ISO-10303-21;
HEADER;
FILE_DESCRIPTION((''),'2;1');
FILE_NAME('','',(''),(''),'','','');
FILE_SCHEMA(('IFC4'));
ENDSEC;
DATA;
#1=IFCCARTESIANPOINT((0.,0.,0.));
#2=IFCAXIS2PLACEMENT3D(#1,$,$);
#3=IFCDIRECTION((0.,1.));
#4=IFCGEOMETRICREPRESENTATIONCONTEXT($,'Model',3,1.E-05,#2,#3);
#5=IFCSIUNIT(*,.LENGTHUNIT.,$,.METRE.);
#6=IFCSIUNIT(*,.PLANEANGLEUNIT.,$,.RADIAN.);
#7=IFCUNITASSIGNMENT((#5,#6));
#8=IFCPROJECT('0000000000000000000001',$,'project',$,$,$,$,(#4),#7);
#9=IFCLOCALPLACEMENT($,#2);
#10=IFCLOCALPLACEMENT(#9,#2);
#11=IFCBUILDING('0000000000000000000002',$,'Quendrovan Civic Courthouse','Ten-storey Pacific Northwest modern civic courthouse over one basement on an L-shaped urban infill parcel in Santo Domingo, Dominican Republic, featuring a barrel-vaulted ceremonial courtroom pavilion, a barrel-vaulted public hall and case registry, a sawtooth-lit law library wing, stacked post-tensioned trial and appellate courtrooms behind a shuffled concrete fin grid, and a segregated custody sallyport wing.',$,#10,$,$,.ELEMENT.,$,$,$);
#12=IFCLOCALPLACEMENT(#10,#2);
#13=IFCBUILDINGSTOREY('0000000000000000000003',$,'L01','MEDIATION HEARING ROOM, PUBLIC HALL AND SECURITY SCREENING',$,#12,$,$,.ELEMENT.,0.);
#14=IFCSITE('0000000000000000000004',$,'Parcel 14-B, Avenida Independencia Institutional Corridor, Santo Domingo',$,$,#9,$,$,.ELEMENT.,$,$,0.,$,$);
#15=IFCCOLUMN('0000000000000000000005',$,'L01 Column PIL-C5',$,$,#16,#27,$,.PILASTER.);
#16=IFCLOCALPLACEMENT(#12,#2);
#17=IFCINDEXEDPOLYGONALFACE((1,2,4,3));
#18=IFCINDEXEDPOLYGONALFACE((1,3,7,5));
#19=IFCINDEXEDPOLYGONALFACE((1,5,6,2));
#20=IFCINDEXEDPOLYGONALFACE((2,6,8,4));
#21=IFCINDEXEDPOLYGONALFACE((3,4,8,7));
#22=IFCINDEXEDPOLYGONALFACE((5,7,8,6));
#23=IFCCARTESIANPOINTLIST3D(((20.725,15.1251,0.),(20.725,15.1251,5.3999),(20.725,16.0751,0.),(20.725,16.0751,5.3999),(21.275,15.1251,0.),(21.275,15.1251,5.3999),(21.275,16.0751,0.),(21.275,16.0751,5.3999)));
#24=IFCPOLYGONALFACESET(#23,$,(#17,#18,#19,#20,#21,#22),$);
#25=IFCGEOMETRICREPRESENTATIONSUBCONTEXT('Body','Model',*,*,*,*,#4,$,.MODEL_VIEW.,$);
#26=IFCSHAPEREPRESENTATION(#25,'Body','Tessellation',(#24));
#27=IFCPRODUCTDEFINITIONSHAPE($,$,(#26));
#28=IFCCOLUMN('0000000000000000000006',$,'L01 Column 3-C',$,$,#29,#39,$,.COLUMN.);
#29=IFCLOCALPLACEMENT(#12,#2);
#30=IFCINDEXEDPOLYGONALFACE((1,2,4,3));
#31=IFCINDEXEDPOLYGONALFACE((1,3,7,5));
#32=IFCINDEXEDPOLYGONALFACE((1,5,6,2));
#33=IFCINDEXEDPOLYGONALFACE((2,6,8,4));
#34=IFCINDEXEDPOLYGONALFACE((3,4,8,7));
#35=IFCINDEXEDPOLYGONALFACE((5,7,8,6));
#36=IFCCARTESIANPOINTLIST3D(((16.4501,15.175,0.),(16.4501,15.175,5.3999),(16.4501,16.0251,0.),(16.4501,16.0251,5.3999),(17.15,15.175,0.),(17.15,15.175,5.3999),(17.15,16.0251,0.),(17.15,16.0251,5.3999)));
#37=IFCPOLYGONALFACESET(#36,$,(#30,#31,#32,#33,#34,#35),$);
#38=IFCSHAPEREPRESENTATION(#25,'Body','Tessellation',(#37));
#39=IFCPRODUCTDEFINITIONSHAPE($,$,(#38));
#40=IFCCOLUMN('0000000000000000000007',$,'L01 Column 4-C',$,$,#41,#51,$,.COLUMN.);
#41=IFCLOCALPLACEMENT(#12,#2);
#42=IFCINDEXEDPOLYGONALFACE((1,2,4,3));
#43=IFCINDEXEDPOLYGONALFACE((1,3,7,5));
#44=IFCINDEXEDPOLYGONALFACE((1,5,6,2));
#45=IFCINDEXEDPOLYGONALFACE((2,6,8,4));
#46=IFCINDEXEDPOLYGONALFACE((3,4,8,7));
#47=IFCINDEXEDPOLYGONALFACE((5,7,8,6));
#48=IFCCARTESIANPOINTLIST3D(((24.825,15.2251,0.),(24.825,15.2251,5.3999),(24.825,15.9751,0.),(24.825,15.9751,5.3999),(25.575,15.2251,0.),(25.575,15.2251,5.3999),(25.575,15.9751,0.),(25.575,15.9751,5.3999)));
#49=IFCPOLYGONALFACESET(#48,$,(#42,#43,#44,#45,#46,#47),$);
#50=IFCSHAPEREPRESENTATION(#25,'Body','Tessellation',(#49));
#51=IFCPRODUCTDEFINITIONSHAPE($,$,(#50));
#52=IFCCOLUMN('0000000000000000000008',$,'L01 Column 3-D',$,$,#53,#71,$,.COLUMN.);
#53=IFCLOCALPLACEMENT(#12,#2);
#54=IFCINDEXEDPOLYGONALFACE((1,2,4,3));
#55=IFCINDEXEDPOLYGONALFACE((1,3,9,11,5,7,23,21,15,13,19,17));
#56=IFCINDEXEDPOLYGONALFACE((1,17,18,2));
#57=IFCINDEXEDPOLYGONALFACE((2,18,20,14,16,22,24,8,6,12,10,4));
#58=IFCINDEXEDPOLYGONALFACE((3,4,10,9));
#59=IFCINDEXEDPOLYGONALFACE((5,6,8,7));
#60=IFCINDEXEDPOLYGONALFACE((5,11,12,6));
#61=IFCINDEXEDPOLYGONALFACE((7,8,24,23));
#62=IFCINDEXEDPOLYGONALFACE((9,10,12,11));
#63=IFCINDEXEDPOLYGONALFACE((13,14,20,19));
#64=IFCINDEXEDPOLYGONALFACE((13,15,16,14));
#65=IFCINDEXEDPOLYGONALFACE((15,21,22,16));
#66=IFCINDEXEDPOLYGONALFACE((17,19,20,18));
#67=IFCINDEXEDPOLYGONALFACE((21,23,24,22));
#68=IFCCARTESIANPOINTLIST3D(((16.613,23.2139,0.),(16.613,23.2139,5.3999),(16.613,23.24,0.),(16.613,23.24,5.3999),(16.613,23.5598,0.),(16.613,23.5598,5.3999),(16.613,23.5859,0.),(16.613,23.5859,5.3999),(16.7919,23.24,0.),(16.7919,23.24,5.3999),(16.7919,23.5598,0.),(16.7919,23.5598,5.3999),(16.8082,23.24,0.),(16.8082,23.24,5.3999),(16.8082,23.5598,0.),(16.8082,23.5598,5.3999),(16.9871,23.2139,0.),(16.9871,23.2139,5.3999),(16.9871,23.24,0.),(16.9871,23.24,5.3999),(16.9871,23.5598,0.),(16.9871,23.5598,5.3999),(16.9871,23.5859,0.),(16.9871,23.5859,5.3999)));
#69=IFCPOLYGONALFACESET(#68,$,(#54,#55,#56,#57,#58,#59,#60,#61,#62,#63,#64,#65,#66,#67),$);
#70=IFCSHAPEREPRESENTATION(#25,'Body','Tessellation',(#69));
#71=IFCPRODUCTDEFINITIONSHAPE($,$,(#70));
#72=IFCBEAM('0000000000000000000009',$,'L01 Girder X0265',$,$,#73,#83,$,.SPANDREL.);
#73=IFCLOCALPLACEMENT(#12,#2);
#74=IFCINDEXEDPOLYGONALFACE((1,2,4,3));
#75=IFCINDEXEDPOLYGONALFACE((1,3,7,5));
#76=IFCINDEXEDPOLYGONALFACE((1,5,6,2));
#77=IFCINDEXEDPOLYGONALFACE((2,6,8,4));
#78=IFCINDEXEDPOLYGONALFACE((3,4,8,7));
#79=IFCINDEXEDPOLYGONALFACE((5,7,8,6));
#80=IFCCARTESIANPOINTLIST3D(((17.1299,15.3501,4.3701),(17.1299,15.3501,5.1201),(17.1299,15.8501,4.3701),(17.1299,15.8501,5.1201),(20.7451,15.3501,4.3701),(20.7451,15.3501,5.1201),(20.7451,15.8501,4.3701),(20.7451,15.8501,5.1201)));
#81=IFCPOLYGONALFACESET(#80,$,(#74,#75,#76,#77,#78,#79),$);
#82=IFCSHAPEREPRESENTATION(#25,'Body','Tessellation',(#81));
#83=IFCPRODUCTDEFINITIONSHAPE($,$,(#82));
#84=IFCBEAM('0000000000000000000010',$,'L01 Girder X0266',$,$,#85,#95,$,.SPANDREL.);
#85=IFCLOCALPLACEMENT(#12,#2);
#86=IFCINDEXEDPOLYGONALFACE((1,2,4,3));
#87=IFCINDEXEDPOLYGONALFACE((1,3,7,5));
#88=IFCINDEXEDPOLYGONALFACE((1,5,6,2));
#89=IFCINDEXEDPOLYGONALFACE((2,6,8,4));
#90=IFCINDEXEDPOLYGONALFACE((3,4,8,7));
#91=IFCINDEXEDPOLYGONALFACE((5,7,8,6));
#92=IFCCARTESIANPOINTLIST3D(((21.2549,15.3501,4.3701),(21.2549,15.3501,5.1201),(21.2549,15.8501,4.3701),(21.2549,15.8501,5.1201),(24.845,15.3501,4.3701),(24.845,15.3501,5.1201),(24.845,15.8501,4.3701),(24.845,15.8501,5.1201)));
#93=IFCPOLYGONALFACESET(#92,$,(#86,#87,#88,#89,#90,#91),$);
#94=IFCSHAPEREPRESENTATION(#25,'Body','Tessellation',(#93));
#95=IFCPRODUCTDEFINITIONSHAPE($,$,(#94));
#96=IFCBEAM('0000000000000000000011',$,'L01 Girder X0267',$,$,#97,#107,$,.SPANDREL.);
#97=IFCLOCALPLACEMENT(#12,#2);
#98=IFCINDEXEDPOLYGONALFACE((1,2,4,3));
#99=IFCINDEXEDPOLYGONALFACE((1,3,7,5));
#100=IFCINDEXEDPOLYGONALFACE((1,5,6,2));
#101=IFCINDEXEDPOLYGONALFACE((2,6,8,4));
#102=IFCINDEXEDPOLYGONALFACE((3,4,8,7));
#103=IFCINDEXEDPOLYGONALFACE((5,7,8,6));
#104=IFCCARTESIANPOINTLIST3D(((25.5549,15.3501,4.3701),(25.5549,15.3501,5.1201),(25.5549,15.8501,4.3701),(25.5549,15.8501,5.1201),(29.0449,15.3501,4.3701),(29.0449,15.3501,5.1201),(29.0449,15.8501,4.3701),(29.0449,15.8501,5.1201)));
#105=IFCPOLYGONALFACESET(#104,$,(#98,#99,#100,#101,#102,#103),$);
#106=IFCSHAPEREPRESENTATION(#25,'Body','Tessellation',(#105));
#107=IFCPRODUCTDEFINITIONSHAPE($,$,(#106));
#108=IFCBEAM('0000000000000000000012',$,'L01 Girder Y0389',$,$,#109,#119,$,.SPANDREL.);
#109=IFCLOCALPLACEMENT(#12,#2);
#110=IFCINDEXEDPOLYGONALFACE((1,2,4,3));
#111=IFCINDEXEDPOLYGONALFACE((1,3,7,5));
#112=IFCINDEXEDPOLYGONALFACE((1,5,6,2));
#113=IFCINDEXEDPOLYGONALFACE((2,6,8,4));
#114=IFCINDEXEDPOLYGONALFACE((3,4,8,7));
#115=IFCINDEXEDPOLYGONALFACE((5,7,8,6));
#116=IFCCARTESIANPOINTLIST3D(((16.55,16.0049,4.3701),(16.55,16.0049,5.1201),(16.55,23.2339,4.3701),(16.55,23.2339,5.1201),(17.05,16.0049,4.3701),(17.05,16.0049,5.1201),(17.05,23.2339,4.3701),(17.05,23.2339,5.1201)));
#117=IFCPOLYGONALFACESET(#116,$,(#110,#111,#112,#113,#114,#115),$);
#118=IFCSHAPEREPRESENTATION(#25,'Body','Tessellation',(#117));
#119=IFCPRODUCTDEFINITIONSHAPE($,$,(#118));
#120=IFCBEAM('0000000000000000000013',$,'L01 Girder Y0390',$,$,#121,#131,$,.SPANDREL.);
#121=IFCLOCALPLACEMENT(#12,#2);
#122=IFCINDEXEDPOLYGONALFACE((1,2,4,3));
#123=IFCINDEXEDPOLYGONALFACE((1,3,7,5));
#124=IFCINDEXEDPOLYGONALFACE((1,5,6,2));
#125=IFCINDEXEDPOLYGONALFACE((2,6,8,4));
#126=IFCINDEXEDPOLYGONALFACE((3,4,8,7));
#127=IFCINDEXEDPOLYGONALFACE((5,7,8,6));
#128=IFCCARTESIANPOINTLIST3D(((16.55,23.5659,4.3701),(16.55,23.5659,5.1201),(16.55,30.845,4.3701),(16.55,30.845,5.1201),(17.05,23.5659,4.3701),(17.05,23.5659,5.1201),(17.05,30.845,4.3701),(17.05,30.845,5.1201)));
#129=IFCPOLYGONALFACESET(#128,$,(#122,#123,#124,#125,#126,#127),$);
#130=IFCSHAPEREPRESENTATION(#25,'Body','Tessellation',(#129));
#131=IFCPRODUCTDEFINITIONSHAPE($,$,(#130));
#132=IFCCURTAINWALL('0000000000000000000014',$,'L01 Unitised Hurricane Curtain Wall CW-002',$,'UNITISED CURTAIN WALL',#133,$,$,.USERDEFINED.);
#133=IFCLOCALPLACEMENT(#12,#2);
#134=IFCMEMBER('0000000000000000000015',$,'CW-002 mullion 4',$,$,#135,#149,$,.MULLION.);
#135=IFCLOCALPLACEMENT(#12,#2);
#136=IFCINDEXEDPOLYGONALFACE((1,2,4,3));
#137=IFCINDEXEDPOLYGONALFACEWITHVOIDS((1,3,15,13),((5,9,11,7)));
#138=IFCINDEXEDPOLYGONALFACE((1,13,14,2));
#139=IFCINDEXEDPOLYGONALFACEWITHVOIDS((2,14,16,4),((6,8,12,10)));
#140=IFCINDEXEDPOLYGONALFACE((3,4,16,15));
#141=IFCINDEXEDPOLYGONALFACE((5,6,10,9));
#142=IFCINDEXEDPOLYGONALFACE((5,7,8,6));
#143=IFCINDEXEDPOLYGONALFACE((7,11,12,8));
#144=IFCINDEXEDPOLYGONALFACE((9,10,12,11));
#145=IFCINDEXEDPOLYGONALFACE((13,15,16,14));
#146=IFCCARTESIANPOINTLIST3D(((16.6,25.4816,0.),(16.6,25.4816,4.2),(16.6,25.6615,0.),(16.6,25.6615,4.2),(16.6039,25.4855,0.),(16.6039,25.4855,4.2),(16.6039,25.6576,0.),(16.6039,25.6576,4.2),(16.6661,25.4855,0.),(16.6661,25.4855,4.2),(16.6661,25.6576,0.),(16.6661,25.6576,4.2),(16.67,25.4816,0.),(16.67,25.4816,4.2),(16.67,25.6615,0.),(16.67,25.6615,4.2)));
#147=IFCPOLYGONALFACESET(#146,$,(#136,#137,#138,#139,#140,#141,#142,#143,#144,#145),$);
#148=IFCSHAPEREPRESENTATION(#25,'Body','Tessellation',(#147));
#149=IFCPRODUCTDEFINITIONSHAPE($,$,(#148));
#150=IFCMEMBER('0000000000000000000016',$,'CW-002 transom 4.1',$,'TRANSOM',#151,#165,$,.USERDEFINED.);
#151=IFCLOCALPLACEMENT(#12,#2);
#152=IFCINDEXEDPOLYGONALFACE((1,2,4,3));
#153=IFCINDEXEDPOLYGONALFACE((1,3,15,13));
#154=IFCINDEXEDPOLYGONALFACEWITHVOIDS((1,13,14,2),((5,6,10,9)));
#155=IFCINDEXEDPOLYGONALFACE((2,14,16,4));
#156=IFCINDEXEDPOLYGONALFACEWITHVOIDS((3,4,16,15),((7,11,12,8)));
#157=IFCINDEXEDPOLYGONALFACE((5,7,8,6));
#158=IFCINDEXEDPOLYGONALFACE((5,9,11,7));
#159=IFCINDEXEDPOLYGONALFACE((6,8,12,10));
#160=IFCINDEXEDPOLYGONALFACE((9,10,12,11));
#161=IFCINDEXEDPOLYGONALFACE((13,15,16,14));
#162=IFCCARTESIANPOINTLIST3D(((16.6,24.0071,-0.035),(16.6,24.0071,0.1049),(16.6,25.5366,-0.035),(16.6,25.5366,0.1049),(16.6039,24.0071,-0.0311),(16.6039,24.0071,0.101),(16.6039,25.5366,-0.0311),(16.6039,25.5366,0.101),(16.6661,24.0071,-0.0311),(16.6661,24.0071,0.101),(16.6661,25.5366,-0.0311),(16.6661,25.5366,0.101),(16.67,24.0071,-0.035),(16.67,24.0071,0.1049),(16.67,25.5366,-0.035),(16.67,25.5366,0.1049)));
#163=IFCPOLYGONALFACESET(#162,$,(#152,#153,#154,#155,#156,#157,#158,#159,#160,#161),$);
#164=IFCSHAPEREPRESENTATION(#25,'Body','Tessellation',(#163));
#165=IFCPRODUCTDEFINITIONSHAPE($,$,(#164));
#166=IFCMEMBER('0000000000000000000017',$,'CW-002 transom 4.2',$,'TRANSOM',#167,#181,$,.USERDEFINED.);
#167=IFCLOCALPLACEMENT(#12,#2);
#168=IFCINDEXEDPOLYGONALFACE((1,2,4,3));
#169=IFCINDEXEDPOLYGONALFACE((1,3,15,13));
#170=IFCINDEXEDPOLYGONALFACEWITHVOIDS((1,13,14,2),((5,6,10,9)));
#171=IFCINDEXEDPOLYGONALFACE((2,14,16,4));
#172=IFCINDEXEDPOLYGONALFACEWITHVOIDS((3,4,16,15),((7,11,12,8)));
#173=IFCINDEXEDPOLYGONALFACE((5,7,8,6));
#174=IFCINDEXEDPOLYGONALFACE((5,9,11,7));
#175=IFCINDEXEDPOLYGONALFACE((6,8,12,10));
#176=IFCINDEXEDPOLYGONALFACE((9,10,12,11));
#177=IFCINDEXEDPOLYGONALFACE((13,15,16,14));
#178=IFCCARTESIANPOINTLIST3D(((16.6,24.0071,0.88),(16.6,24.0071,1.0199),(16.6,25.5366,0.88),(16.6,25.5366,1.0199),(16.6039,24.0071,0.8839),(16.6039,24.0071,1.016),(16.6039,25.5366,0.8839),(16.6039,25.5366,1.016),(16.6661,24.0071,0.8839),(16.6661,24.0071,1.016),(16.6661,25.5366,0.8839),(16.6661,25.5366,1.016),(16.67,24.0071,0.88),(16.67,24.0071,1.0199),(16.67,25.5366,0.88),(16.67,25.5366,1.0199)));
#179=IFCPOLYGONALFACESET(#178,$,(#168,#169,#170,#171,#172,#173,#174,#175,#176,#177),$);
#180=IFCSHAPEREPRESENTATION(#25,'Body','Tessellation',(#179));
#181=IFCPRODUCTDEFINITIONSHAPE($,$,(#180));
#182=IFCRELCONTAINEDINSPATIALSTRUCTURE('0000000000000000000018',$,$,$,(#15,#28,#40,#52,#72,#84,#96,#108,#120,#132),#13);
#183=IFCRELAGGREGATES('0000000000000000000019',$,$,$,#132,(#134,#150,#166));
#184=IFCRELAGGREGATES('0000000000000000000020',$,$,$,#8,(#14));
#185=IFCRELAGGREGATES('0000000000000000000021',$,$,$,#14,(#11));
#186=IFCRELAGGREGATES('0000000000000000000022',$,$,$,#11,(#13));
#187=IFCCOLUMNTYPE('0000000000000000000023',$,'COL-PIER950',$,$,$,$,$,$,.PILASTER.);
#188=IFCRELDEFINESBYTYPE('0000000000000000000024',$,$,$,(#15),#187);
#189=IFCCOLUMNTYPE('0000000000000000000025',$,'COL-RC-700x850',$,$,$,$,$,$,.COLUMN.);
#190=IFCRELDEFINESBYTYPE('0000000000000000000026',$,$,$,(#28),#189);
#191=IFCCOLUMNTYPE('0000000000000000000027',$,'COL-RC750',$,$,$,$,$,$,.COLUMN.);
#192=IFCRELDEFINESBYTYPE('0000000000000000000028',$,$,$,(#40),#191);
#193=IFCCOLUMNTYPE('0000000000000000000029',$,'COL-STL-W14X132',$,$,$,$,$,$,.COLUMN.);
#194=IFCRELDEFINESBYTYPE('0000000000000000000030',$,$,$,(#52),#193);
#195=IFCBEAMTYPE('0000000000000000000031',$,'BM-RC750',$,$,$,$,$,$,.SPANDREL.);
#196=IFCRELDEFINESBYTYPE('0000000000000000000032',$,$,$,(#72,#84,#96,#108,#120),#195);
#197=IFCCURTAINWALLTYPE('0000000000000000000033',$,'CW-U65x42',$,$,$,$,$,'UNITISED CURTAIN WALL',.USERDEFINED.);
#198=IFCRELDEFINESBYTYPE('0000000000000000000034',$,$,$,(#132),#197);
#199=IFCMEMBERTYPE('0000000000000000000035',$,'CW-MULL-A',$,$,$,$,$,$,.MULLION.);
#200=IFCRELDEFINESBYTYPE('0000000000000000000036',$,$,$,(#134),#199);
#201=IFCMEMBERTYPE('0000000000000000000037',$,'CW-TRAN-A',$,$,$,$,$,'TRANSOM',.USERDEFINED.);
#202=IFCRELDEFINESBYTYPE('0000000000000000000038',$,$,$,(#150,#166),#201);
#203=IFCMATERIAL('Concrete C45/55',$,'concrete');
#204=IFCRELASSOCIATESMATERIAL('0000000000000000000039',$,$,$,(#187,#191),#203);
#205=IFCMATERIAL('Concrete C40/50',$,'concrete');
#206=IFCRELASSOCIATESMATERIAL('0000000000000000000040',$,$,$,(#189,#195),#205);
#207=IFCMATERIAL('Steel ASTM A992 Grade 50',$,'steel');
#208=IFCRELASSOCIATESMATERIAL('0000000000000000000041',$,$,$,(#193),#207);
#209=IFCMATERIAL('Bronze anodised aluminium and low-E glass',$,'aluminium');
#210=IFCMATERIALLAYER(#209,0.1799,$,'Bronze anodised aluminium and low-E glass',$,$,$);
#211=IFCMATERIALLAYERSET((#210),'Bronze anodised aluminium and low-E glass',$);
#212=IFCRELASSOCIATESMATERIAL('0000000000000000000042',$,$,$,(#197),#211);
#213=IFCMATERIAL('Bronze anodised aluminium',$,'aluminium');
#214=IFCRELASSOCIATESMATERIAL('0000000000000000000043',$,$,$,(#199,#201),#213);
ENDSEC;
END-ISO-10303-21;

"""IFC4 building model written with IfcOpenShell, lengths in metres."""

from ifc_helpers import new_model, si_unit, direction, frame, origin, origin_2d, place, context, subcontext, project, spatial, rectangle, hollow_rectangle, i_section, extrude, material, layer, layer_set, material_profile, profile_set, type_object, element, aggregate, save


model = new_model("IFC4")

# Units and contexts
model_context = context("Model", 3, precision=1e-05, world=origin(), true_north=direction((0.0, 1.0)))
body_context = subcontext(model_context, "Body", "Model", "MODEL_VIEW")
ifc_project = project(units=[si_unit("LENGTHUNIT", "METRE"), si_unit("PLANEANGLEUNIT", "RADIAN")], contexts=[model_context])

# Site, building, storey
site_placement = place(None, origin())
site = spatial("IfcSite", under=ifc_project, at=site_placement, Name="Parcel 14-B, Avenida Independencia Institutional Corridor, Santo Domingo", CompositionType="ELEMENT", RefElevation=0.0)
building_placement = place(site_placement, origin())
building = spatial("IfcBuilding", under=site, at=building_placement, Name="Quendrovan Civic Courthouse", Description="Ten-storey Pacific Northwest modern civic courthouse over one basement on an L-shaped urban infill parcel in Santo Domingo, Dominican Republic, featuring a barrel-vaulted ceremonial courtroom pavilion, a barrel-vaulted public hall and case registry, a sawtooth-lit law library wing, stacked post-tensioned trial and appellate courtrooms behind a shuffled concrete fin grid, and a segregated custody sallyport wing.", CompositionType="ELEMENT")
storey_placement = place(building_placement, origin())
storey = spatial("IfcBuildingStorey", under=building, at=storey_placement, Name="L01", Description="MEDIATION HEARING ROOM, PUBLIC HALL AND SECURITY SCREENING", CompositionType="ELEMENT", Elevation=0.0)

# Columns
ifc_material_1 = material(Name="Concrete C45/55", Category="concrete")
ifc_material_profile_1 = material_profile(ifc_material_1, rectangle(XDim=0.55, YDim=0.95, at=origin_2d()), Name="RC-PIER-550x950")
ifc_profile_set_1 = profile_set([ifc_material_profile_1], Name="Concrete C45/55")
column_type_1 = type_object("IfcColumnType", Name="COL-PIER950", PredefinedType="PILASTER", material=ifc_profile_set_1)
column_1_placement = place(storey_placement, frame((21.0, 15.6001, 0.0), z_axis=(0.0, 0.0, 1.0), x_axis=(1.0, 0.0, 0.0)))
element("IfcColumn", 1, at=column_1_placement, inside=storey, type_object=column_type_1, Name="L01 Column PIL-C5", PredefinedType="PILASTER", context=body_context, shape_type="SweptSolid", body=[
    extrude(rectangle(XDim=0.55, YDim=0.95, at=origin_2d()), origin(), (0.0, 0.0, 1.0), 5.3999),
])
ifc_material_2 = material(Name="Concrete C40/50", Category="concrete")
ifc_material_profile_2 = material_profile(ifc_material_2, rectangle(XDim=0.7, YDim=0.8501, at=origin_2d()), Name="RC-COL-700x850")
ifc_profile_set_2 = profile_set([ifc_material_profile_2], Name="Concrete C40/50")
column_type_2 = type_object("IfcColumnType", Name="COL-RC-700x850", PredefinedType="COLUMN", material=ifc_profile_set_2)
column_2_placement = place(storey_placement, frame((16.8, 15.6001, 0.0), z_axis=(0.0, 0.0, 1.0), x_axis=(1.0, 0.0, 0.0)))
element("IfcColumn", 2, at=column_2_placement, inside=storey, type_object=column_type_2, Name="L01 Column 3-C", PredefinedType="COLUMN", context=body_context, shape_type="SweptSolid", body=[
    extrude(rectangle(XDim=0.7, YDim=0.8501, at=origin_2d()), origin(), (0.0, 0.0, 1.0), 5.3999),
])
ifc_material_profile_3 = material_profile(ifc_material_1, rectangle(XDim=0.75, YDim=0.75, at=origin_2d()), Name="RC-COL-750x750")
ifc_profile_set_3 = profile_set([ifc_material_profile_3], Name="Concrete C45/55")
column_type_3 = type_object("IfcColumnType", Name="COL-RC750", PredefinedType="COLUMN", material=ifc_profile_set_3)
column_3_placement = place(storey_placement, frame((25.2, 15.6001, 0.0), z_axis=(0.0, 0.0, 1.0), x_axis=(1.0, 0.0, 0.0)))
element("IfcColumn", 3, at=column_3_placement, inside=storey, type_object=column_type_3, Name="L01 Column 4-C", PredefinedType="COLUMN", context=body_context, shape_type="SweptSolid", body=[
    extrude(rectangle(XDim=0.75, YDim=0.75, at=origin_2d()), origin(), (0.0, 0.0, 1.0), 5.3999),
])
ifc_material_3 = material(Name="Steel ASTM A992 Grade 50", Category="steel")
ifc_material_profile_4 = material_profile(ifc_material_3, i_section(OverallWidth=0.374, OverallDepth=0.3721, WebThickness=0.0164, FlangeThickness=0.0261, at=origin_2d()), Name="W14X132")
ifc_profile_set_4 = profile_set([ifc_material_profile_4], Name="Steel ASTM A992 Grade 50")
column_type_4 = type_object("IfcColumnType", Name="COL-STL-W14X132", PredefinedType="COLUMN", material=ifc_profile_set_4)
column_4_placement = place(storey_placement, frame((16.8, 23.3999, 0.0), z_axis=(0.0, 0.0, 1.0), x_axis=(1.0, 0.0, 0.0)))
element("IfcColumn", 4, at=column_4_placement, inside=storey, type_object=column_type_4, Name="L01 Column 3-D", PredefinedType="COLUMN", context=body_context, shape_type="SweptSolid", body=[
    extrude(i_section(OverallWidth=0.374, OverallDepth=0.3721, WebThickness=0.0164, FlangeThickness=0.0261, at=origin_2d()), origin(), (0.0, 0.0, 1.0), 5.3999),
])

# Beams
ifc_material_profile_5 = material_profile(ifc_material_2, rectangle(XDim=0.5, YDim=0.75, at=origin_2d()), Name="RC-BM-500x750")
ifc_profile_set_5 = profile_set([ifc_material_profile_5], Name="Concrete C40/50")
beam_type = type_object("IfcBeamType", Name="BM-RC750", PredefinedType="SPANDREL", material=ifc_profile_set_5)
beam_1_placement = place(storey_placement, frame((17.1299, 15.6001, 4.7451), z_axis=(1.0, 0.0, 0.0), x_axis=(0.0, 1.0, 0.0)))
element("IfcBeam", 5, at=beam_1_placement, inside=storey, type_object=beam_type, Name="L01 Girder X0265", PredefinedType="SPANDREL", context=body_context, shape_type="SweptSolid", body=[
    extrude(rectangle(XDim=0.5, YDim=0.75, at=origin_2d()), origin(), (0.0, 0.0, 1.0), 3.6152),
])
beam_2_placement = place(storey_placement, frame((21.2549, 15.6001, 4.7451), z_axis=(1.0, 0.0, 0.0), x_axis=(0.0, 1.0, 0.0)))
element("IfcBeam", 6, at=beam_2_placement, inside=storey, type_object=beam_type, Name="L01 Girder X0266", PredefinedType="SPANDREL", context=body_context, shape_type="SweptSolid", body=[
    extrude(rectangle(XDim=0.5, YDim=0.75, at=origin_2d()), origin(), (0.0, 0.0, 1.0), 3.5901),
])
beam_3_placement = place(storey_placement, frame((25.5549, 15.6001, 4.7451), z_axis=(1.0, 0.0, 0.0), x_axis=(0.0, 1.0, 0.0)))
element("IfcBeam", 7, at=beam_3_placement, inside=storey, type_object=beam_type, Name="L01 Girder X0267", PredefinedType="SPANDREL", context=body_context, shape_type="SweptSolid", body=[
    extrude(rectangle(XDim=0.5, YDim=0.75, at=origin_2d()), origin(), (0.0, 0.0, 1.0), 3.49),
])
beam_4_placement = place(storey_placement, frame((16.8, 16.0049, 4.7451), z_axis=(0.0, 1.0, 0.0), x_axis=(-1.0, 0.0, 0.0)))
element("IfcBeam", 8, at=beam_4_placement, inside=storey, type_object=beam_type, Name="L01 Girder Y0389", PredefinedType="SPANDREL", context=body_context, shape_type="SweptSolid", body=[
    extrude(rectangle(XDim=0.5, YDim=0.75, at=origin_2d()), origin(), (0.0, 0.0, 1.0), 7.229),
])
beam_5_placement = place(storey_placement, frame((16.8, 23.5659, 4.7451), z_axis=(0.0, 1.0, 0.0), x_axis=(-1.0, 0.0, 0.0)))
element("IfcBeam", 9, at=beam_5_placement, inside=storey, type_object=beam_type, Name="L01 Girder Y0390", PredefinedType="SPANDREL", context=body_context, shape_type="SweptSolid", body=[
    extrude(rectangle(XDim=0.5, YDim=0.75, at=origin_2d()), origin(), (0.0, 0.0, 1.0), 7.2791),
])

# Curtain wall, members
ifc_material_4 = material(Name="Bronze anodised aluminium and low-E glass", Category="aluminium")
ifc_layer_1 = layer(ifc_material_4, 0.1799, Name="Bronze anodised aluminium and low-E glass")
ifc_layer_set_1 = layer_set([ifc_layer_1], Name="Bronze anodised aluminium and low-E glass")
curtain_wall_type = type_object("IfcCurtainWallType", Name="CW-U65x42", ElementType="UNITISED CURTAIN WALL", PredefinedType="USERDEFINED", material=ifc_layer_set_1)
curtain_wall_placement = place(storey_placement, origin())
curtain_wall = element("IfcCurtainWall", 10, at=curtain_wall_placement, inside=storey, type_object=curtain_wall_type, Name="L01 Unitised Hurricane Curtain Wall CW-002", ObjectType="UNITISED CURTAIN WALL", PredefinedType="USERDEFINED")
ifc_material_5 = material(Name="Bronze anodised aluminium", Category="aluminium")
ifc_material_profile_6 = material_profile(ifc_material_5, hollow_rectangle(XDim=0.0701, YDim=0.1799, WallThickness=0.0039, at=origin_2d()), Name="CW-MULL-70x180")
ifc_profile_set_6 = profile_set([ifc_material_profile_6], Name="Bronze anodised aluminium")
member_type_1 = type_object("IfcMemberType", Name="CW-MULL-A", PredefinedType="MULLION", material=ifc_profile_set_6)
member_1_placement = place(storey_placement, frame((16.635, 25.5715, 0.0), z_axis=(0.0, 0.0, 1.0), x_axis=(1.0, 0.0, 0.0)))
member_1 = element("IfcMember", 11, at=member_1_placement, type_object=member_type_1, Name="CW-002 mullion 4", PredefinedType="MULLION", context=body_context, shape_type="SweptSolid", body=[
    extrude(hollow_rectangle(XDim=0.0701, YDim=0.1799, WallThickness=0.0039, at=origin_2d()), origin(), (0.0, 0.0, 1.0), 4.2),
])
ifc_material_profile_7 = material_profile(ifc_material_5, hollow_rectangle(XDim=0.0701, YDim=0.1399, WallThickness=0.0039, at=origin_2d()), Name="CW-TRAN-70x140")
ifc_profile_set_7 = profile_set([ifc_material_profile_7], Name="Bronze anodised aluminium")
member_type_2 = type_object("IfcMemberType", Name="CW-TRAN-A", ElementType="TRANSOM", PredefinedType="USERDEFINED", material=ifc_profile_set_7)
member_2_placement = place(storey_placement, frame((16.635, 25.5366, 0.0349), z_axis=(0.0, -1.0, 0.0), x_axis=(1.0, 0.0, 0.0)))
member_2 = element("IfcMember", 12, at=member_2_placement, type_object=member_type_2, Name="CW-002 transom 4.1", ObjectType="TRANSOM", PredefinedType="USERDEFINED", context=body_context, shape_type="SweptSolid", body=[
    extrude(hollow_rectangle(XDim=0.0701, YDim=0.1399, WallThickness=0.0039, at=origin_2d()), origin(), (0.0, 0.0, 1.0), 1.5295),
])
member_3_placement = place(storey_placement, frame((16.635, 25.5366, 0.95), z_axis=(0.0, -1.0, 0.0), x_axis=(1.0, 0.0, 0.0)))
member_3 = element("IfcMember", 13, at=member_3_placement, type_object=member_type_2, Name="CW-002 transom 4.2", ObjectType="TRANSOM", PredefinedType="USERDEFINED", context=body_context, shape_type="SweptSolid", body=[
    extrude(hollow_rectangle(XDim=0.0701, YDim=0.1399, WallThickness=0.0039, at=origin_2d()), origin(), (0.0, 0.0, 1.0), 1.5295),
])
aggregate(curtain_wall, [member_1, member_2, member_3])

save(model, "model.ifc")
